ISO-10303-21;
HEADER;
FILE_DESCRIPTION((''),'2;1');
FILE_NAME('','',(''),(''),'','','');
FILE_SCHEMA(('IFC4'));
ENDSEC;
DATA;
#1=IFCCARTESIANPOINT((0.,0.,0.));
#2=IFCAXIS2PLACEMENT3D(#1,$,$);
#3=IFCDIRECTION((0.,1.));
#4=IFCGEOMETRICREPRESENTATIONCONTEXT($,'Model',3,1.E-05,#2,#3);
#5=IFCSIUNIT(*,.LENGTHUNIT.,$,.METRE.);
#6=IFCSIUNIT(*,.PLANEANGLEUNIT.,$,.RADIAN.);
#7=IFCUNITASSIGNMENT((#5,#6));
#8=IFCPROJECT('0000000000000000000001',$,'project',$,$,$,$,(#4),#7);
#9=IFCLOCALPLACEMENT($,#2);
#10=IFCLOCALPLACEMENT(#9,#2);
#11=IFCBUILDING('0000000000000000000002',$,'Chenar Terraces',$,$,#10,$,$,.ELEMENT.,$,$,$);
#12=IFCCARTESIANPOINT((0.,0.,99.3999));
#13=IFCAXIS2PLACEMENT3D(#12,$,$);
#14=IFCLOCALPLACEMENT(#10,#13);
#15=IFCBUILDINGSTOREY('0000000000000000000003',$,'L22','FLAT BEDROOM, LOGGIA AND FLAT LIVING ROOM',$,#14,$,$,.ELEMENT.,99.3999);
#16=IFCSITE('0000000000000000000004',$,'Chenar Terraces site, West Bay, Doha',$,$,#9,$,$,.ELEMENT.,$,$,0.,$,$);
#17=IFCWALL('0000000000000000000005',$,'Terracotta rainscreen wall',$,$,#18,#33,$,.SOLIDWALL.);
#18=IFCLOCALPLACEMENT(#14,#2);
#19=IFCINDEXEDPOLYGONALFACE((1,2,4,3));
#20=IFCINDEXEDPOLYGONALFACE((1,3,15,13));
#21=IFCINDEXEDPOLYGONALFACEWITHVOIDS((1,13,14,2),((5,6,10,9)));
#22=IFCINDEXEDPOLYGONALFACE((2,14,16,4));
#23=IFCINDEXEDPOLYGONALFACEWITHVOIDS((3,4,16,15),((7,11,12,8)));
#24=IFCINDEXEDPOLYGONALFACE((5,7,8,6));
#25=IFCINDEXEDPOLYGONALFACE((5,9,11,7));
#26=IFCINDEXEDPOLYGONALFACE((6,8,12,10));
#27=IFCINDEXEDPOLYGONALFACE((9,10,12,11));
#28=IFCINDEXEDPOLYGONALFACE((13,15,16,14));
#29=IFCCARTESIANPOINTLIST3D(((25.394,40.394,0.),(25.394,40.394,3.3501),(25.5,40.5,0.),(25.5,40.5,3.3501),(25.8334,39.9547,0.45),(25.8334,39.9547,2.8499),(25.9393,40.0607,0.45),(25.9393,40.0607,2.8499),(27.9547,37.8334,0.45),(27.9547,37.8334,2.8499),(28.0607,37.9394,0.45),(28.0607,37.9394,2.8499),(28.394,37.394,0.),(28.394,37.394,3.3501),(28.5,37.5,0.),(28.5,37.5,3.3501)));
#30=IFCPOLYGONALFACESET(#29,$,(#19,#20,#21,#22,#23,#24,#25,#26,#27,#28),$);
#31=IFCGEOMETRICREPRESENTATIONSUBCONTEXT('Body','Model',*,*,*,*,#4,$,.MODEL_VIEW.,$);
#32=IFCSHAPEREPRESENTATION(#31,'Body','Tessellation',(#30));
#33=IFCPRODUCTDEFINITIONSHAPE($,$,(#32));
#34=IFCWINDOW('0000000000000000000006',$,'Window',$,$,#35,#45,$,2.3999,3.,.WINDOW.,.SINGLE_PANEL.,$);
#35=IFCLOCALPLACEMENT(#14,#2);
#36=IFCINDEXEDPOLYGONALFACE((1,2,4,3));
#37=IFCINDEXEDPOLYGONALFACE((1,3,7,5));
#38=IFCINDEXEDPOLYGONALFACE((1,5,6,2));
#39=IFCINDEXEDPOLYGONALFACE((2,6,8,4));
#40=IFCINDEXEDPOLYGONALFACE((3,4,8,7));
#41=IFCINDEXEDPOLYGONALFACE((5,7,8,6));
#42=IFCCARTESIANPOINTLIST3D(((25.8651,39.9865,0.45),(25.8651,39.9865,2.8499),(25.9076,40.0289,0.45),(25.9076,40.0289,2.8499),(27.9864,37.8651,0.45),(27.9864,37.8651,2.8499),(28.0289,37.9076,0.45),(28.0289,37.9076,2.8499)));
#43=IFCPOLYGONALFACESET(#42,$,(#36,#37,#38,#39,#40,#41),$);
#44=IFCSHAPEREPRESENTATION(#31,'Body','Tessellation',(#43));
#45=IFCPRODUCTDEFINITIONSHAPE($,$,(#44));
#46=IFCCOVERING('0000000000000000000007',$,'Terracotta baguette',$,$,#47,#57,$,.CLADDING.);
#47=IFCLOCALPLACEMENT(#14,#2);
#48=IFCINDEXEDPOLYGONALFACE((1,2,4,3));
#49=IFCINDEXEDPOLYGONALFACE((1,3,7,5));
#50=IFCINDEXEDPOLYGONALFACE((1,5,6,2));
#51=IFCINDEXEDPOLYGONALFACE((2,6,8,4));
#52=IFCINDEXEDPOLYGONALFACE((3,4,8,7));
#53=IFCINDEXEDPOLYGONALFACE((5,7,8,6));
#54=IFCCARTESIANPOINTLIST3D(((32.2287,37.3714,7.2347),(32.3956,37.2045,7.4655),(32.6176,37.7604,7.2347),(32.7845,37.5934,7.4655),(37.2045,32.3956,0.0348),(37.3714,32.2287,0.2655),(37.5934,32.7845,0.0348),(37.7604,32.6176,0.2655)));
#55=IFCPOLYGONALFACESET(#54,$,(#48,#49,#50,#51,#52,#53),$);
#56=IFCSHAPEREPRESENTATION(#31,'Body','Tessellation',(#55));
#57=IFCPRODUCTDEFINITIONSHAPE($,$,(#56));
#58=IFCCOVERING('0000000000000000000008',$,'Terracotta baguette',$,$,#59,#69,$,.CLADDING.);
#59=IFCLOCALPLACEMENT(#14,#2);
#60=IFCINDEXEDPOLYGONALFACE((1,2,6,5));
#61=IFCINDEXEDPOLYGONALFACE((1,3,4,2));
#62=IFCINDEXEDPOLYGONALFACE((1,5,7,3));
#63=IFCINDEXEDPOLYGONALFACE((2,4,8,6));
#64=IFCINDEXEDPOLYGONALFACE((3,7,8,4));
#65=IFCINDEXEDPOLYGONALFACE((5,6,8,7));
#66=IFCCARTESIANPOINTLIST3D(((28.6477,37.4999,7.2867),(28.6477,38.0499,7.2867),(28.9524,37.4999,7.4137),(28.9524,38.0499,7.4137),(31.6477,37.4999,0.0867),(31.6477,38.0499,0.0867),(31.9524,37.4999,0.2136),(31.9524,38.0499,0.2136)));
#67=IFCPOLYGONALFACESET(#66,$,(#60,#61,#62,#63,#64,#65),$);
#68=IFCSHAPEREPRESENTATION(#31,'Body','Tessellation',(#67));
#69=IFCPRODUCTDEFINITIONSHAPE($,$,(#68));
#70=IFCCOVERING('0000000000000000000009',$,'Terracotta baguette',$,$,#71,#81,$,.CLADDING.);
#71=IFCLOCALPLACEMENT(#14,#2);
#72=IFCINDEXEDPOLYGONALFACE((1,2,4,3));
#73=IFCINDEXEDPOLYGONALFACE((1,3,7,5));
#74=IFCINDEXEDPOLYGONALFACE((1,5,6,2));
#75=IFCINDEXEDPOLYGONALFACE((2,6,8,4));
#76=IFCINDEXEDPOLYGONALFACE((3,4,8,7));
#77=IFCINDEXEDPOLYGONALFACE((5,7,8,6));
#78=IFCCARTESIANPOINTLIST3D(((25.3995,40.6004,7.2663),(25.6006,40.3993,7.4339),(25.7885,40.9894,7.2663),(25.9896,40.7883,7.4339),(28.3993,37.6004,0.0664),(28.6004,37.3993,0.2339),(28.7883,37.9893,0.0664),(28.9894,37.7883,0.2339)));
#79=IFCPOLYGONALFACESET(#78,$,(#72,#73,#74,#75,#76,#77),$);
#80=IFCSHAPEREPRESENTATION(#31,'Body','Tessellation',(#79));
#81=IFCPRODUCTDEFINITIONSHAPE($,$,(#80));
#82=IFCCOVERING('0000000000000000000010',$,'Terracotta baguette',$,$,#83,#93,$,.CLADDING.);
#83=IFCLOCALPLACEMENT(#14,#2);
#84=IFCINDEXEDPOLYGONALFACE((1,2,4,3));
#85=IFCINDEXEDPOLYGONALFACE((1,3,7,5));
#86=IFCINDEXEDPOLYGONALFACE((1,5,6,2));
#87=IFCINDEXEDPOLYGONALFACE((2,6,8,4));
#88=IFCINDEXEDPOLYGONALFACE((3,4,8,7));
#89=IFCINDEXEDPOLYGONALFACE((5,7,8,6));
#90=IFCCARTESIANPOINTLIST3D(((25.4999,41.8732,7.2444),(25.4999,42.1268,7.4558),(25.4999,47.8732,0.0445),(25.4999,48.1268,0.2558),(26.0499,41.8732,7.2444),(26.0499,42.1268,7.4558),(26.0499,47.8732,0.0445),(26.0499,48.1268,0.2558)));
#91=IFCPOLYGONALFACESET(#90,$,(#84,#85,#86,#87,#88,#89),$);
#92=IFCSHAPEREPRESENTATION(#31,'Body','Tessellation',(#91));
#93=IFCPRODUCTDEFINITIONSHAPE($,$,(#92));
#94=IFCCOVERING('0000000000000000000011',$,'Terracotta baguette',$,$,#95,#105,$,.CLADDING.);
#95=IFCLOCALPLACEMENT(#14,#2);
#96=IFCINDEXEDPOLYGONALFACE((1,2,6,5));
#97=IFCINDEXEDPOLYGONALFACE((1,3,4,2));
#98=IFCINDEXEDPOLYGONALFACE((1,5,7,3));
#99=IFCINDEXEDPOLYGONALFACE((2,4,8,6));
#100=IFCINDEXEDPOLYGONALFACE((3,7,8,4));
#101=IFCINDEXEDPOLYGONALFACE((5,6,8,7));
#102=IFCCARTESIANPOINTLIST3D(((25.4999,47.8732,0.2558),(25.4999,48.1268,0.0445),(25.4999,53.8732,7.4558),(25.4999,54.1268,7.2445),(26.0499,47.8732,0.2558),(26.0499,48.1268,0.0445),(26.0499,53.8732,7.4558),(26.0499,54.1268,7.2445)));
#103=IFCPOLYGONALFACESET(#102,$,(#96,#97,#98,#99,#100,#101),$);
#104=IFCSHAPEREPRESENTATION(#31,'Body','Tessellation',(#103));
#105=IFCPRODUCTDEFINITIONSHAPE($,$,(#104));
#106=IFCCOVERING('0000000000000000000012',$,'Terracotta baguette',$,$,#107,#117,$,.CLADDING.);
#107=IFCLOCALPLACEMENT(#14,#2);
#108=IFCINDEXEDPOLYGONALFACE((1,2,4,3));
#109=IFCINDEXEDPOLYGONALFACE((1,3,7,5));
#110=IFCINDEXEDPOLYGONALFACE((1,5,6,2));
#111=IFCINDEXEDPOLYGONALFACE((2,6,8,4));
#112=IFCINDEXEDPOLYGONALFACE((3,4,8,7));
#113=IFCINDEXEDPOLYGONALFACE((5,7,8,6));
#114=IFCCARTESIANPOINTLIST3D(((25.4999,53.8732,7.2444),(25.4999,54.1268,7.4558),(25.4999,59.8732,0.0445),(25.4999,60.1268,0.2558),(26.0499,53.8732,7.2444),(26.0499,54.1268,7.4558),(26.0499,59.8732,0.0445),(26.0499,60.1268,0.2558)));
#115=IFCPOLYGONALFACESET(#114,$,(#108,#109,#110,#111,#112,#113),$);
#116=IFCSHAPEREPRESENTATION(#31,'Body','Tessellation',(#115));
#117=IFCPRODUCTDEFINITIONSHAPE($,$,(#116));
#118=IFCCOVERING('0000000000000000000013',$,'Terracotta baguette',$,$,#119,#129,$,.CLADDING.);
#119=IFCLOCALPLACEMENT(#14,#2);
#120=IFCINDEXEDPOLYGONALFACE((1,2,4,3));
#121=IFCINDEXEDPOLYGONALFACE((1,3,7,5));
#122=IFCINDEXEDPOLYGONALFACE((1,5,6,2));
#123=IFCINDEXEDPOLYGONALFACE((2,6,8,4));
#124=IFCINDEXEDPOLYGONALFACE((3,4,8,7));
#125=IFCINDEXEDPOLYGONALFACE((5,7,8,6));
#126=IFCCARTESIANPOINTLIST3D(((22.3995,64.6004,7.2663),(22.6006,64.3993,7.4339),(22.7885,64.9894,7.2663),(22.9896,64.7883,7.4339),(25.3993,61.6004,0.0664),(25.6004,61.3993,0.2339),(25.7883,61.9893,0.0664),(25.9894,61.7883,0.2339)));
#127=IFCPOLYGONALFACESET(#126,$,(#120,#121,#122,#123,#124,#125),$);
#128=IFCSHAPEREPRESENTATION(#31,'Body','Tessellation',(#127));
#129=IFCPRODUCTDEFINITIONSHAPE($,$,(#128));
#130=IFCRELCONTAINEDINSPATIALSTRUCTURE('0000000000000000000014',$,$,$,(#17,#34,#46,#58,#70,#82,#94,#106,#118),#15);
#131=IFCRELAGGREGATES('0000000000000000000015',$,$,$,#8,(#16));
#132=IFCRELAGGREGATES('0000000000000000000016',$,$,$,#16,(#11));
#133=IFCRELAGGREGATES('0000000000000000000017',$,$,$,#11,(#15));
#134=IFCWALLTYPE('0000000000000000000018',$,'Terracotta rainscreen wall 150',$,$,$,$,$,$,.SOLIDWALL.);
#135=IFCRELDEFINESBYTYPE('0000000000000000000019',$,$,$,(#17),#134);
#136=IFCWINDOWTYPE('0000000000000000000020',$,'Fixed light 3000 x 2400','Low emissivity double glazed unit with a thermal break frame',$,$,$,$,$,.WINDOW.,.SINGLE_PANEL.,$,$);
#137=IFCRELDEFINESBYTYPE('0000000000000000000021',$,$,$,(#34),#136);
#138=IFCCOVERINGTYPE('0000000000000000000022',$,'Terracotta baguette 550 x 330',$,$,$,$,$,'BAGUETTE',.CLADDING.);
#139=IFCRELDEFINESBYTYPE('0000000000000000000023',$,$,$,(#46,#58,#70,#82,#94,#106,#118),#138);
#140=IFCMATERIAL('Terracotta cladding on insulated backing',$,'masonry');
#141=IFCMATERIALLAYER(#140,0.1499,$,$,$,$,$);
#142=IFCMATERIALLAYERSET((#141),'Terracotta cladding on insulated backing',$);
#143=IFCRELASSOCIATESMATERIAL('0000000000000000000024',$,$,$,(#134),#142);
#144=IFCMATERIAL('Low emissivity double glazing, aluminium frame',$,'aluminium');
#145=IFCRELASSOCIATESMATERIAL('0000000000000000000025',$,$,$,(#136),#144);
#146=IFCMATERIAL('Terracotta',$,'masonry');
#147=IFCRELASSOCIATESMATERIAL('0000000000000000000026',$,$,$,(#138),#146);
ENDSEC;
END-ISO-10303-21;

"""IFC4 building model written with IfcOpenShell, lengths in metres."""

from ifc_helpers import new_model, si_unit, direction, frame, frame_2d, origin, origin_2d, place, context, subcontext, project, spatial, rectangle, extrude, material, layer, layer_set, material_profile, profile_set, type_object, element, fill, save


model = new_model("IFC4")

# Units and contexts
model_context = context("Model", 3, precision=1e-05, world=origin(), true_north=direction((0.0, 1.0)))
body_context = subcontext(model_context, "Body", "Model", "MODEL_VIEW")
ifc_project = project(units=[si_unit("LENGTHUNIT", "METRE"), si_unit("PLANEANGLEUNIT", "RADIAN")], contexts=[model_context])

# Site, building, storey
site_placement = place(None, origin())
site = spatial("IfcSite", under=ifc_project, at=site_placement, Name="Chenar Terraces site, West Bay, Doha", CompositionType="ELEMENT", RefElevation=0.0)
building_placement = place(site_placement, origin())
building = spatial("IfcBuilding", under=site, at=building_placement, Name="Chenar Terraces", CompositionType="ELEMENT")
storey_placement = place(building_placement, frame((0.0, 0.0, 99.3999)))
storey = spatial("IfcBuildingStorey", under=building, at=storey_placement, Name="L22", Description="FLAT BEDROOM, LOGGIA AND FLAT LIVING ROOM", CompositionType="ELEMENT", Elevation=99.3999)

# Wall, opening, window
ifc_material_1 = material(Name="Terracotta cladding on insulated backing", Category="masonry")
ifc_layer_1 = layer(ifc_material_1, 0.1499)
ifc_layer_set_1 = layer_set([ifc_layer_1], Name="Terracotta cladding on insulated backing")
wall_type_1 = type_object("IfcWallType", Name="Terracotta rainscreen wall 150", PredefinedType="SOLIDWALL", material=ifc_layer_set_1)
wall_1_placement = place(storey_placement, frame((28.447, 37.447, 0.0), z_axis=(0.0, 0.0, 1.0), x_axis=(-0.707107, 0.707107, 0.0)))
wall_1 = element("IfcWall", 1, at=wall_1_placement, inside=storey, type_object=wall_type_1, Name="Terracotta rainscreen wall", PredefinedType="SOLIDWALL", context=body_context, shape_type="SweptSolid", body=[
    extrude(rectangle(XDim=4.2427, YDim=0.1499, at=frame_2d((2.1213, 0.0))), origin(), (0.0, 0.0, 1.0), 3.3501),
])
opening_placement = place(wall_1_placement, frame((0.6213, 0.0, 0.45)))
opening = element("IfcOpeningElement", 2, at=opening_placement, cuts=wall_1, PredefinedType="OPENING", context=body_context, shape_type="SweptSolid", body=[
    extrude(rectangle(XDim=3.0, YDim=2.3999, at=frame_2d((1.5, 1.2))), frame((0.0, 0.085, 0.0), z_axis=(0.0, -1.0, 0.0), x_axis=(1.0, 0.0, 0.0)), (0.0, 0.0, 1.0), 0.1699),
])
ifc_material_2 = material(Name="Low emissivity double glazing, aluminium frame", Category="aluminium")
window_type = type_object("IfcWindowType", Name="Fixed light 3000 x 2400", Description="Low emissivity double glazed unit with a thermal break frame", PartitioningType="SINGLE_PANEL", PredefinedType="WINDOW", material=ifc_material_2)
window_placement = place(opening_placement, origin())
window = element("IfcWindow", 3, at=window_placement, inside=storey, type_object=window_type, Name="Window", OverallHeight=2.3999, OverallWidth=3.0, PartitioningType="SINGLE_PANEL", PredefinedType="WINDOW", context=body_context, shape_type="SweptSolid", body=[
    extrude(rectangle(XDim=3.0, YDim=2.3999, at=frame_2d((1.5, 1.2))), frame((0.0, 0.03, 0.0), z_axis=(0.0, -1.0, 0.0), x_axis=(1.0, 0.0, 0.0)), (0.0, 0.0, 1.0), 0.0601),
])
fill(opening, window)

# Coverings
ifc_material_3 = material(Name="Terracotta", Category="masonry")
ifc_material_profile_1 = material_profile(ifc_material_3, rectangle(XDim=0.55, YDim=0.3301, at=origin_2d()), Name="Terracotta baguette 550 x 330")
ifc_profile_set_1 = profile_set([ifc_material_profile_1], Name="Terracotta")
covering_type = type_object("IfcCoveringType", Name="Terracotta baguette 550 x 330", ElementType="BAGUETTE", PredefinedType="CLADDING", material=ifc_profile_set_1)
covering_1_placement = place(storey_placement, frame((37.4824, 32.5066, 0.1501), z_axis=(-0.494241, 0.494241, 0.715159), x_axis=(-0.707107, -0.707107, 0.0)))
element("IfcCovering", 4, at=covering_1_placement, inside=storey, type_object=covering_type, Name="Terracotta baguette", PredefinedType="CLADDING", context=body_context, shape_type="SweptSolid", body=[
    extrude(rectangle(XDim=0.55, YDim=0.3301, at=origin_2d()), origin(), (0.0, 0.0, 1.0), 10.0676),
])
covering_2_placement = place(storey_placement, frame((31.8, 37.7749, 0.1501), z_axis=(-0.384618, 0.0, 0.923076), x_axis=(0.0, -1.0, 0.0)))
element("IfcCovering", 5, at=covering_2_placement, inside=storey, type_object=covering_type, Name="Terracotta baguette", PredefinedType="CLADDING", context=body_context, shape_type="SweptSolid", body=[
    extrude(rectangle(XDim=0.55, YDim=0.3301, at=origin_2d()), origin(), (0.0, 0.0, 1.0), 7.8),
])
covering_3_placement = place(storey_placement, frame((28.6943, 37.6943, 0.1501), z_axis=(-0.358955, 0.358985, 0.861557), x_axis=(-0.707136, -0.707078, 0.0)))
element("IfcCovering", 6, at=covering_3_placement, inside=storey, type_object=covering_type, Name="Terracotta baguette", PredefinedType="CLADDING", context=body_context, shape_type="SweptSolid", body=[
    extrude(rectangle(XDim=0.55, YDim=0.3301, at=origin_2d()), origin(), (0.0, 0.0, 1.0), 8.3569),
])
for number, where, z_axis, x_axis, name in (
    (7, (25.7749, 42.0, 7.3501), (0.0, 0.640187, -0.768219), (-1.0, 0.0, 0.0), "Terracotta baguette"),
    (8, (25.7749, 48.0, 0.1501), (0.0, 0.640187, 0.768219), (-1.0, 0.0, 0.0), "Terracotta baguette"),
    (9, (25.7749, 54.0, 7.3501), (0.0, 0.640187, -0.768219), (-1.0, 0.0, 0.0), "Terracotta baguette"),
):
    element("IfcCovering", number, at=place(storey_placement, frame(where, z_axis=z_axis, x_axis=x_axis)), inside=storey, type_object=covering_type, Name=name, PredefinedType="CLADDING", context=body_context, shape_type="SweptSolid", body=[
        extrude(rectangle(XDim=0.55, YDim=0.3301, at=origin_2d()), origin(), (0.0, 0.0, 1.0), 9.3723),
    ])
covering_4_placement = place(storey_placement, frame((25.6943, 61.6943, 0.1501), z_axis=(-0.358955, 0.358985, 0.861557), x_axis=(-0.707136, -0.707078, 0.0)))
element("IfcCovering", 10, at=covering_4_placement, inside=storey, type_object=covering_type, Name="Terracotta baguette", PredefinedType="CLADDING", context=body_context, shape_type="SweptSolid", body=[
    extrude(rectangle(XDim=0.55, YDim=0.3301, at=origin_2d()), origin(), (0.0, 0.0, 1.0), 8.3569),
])

save(model, "model.ifc")
